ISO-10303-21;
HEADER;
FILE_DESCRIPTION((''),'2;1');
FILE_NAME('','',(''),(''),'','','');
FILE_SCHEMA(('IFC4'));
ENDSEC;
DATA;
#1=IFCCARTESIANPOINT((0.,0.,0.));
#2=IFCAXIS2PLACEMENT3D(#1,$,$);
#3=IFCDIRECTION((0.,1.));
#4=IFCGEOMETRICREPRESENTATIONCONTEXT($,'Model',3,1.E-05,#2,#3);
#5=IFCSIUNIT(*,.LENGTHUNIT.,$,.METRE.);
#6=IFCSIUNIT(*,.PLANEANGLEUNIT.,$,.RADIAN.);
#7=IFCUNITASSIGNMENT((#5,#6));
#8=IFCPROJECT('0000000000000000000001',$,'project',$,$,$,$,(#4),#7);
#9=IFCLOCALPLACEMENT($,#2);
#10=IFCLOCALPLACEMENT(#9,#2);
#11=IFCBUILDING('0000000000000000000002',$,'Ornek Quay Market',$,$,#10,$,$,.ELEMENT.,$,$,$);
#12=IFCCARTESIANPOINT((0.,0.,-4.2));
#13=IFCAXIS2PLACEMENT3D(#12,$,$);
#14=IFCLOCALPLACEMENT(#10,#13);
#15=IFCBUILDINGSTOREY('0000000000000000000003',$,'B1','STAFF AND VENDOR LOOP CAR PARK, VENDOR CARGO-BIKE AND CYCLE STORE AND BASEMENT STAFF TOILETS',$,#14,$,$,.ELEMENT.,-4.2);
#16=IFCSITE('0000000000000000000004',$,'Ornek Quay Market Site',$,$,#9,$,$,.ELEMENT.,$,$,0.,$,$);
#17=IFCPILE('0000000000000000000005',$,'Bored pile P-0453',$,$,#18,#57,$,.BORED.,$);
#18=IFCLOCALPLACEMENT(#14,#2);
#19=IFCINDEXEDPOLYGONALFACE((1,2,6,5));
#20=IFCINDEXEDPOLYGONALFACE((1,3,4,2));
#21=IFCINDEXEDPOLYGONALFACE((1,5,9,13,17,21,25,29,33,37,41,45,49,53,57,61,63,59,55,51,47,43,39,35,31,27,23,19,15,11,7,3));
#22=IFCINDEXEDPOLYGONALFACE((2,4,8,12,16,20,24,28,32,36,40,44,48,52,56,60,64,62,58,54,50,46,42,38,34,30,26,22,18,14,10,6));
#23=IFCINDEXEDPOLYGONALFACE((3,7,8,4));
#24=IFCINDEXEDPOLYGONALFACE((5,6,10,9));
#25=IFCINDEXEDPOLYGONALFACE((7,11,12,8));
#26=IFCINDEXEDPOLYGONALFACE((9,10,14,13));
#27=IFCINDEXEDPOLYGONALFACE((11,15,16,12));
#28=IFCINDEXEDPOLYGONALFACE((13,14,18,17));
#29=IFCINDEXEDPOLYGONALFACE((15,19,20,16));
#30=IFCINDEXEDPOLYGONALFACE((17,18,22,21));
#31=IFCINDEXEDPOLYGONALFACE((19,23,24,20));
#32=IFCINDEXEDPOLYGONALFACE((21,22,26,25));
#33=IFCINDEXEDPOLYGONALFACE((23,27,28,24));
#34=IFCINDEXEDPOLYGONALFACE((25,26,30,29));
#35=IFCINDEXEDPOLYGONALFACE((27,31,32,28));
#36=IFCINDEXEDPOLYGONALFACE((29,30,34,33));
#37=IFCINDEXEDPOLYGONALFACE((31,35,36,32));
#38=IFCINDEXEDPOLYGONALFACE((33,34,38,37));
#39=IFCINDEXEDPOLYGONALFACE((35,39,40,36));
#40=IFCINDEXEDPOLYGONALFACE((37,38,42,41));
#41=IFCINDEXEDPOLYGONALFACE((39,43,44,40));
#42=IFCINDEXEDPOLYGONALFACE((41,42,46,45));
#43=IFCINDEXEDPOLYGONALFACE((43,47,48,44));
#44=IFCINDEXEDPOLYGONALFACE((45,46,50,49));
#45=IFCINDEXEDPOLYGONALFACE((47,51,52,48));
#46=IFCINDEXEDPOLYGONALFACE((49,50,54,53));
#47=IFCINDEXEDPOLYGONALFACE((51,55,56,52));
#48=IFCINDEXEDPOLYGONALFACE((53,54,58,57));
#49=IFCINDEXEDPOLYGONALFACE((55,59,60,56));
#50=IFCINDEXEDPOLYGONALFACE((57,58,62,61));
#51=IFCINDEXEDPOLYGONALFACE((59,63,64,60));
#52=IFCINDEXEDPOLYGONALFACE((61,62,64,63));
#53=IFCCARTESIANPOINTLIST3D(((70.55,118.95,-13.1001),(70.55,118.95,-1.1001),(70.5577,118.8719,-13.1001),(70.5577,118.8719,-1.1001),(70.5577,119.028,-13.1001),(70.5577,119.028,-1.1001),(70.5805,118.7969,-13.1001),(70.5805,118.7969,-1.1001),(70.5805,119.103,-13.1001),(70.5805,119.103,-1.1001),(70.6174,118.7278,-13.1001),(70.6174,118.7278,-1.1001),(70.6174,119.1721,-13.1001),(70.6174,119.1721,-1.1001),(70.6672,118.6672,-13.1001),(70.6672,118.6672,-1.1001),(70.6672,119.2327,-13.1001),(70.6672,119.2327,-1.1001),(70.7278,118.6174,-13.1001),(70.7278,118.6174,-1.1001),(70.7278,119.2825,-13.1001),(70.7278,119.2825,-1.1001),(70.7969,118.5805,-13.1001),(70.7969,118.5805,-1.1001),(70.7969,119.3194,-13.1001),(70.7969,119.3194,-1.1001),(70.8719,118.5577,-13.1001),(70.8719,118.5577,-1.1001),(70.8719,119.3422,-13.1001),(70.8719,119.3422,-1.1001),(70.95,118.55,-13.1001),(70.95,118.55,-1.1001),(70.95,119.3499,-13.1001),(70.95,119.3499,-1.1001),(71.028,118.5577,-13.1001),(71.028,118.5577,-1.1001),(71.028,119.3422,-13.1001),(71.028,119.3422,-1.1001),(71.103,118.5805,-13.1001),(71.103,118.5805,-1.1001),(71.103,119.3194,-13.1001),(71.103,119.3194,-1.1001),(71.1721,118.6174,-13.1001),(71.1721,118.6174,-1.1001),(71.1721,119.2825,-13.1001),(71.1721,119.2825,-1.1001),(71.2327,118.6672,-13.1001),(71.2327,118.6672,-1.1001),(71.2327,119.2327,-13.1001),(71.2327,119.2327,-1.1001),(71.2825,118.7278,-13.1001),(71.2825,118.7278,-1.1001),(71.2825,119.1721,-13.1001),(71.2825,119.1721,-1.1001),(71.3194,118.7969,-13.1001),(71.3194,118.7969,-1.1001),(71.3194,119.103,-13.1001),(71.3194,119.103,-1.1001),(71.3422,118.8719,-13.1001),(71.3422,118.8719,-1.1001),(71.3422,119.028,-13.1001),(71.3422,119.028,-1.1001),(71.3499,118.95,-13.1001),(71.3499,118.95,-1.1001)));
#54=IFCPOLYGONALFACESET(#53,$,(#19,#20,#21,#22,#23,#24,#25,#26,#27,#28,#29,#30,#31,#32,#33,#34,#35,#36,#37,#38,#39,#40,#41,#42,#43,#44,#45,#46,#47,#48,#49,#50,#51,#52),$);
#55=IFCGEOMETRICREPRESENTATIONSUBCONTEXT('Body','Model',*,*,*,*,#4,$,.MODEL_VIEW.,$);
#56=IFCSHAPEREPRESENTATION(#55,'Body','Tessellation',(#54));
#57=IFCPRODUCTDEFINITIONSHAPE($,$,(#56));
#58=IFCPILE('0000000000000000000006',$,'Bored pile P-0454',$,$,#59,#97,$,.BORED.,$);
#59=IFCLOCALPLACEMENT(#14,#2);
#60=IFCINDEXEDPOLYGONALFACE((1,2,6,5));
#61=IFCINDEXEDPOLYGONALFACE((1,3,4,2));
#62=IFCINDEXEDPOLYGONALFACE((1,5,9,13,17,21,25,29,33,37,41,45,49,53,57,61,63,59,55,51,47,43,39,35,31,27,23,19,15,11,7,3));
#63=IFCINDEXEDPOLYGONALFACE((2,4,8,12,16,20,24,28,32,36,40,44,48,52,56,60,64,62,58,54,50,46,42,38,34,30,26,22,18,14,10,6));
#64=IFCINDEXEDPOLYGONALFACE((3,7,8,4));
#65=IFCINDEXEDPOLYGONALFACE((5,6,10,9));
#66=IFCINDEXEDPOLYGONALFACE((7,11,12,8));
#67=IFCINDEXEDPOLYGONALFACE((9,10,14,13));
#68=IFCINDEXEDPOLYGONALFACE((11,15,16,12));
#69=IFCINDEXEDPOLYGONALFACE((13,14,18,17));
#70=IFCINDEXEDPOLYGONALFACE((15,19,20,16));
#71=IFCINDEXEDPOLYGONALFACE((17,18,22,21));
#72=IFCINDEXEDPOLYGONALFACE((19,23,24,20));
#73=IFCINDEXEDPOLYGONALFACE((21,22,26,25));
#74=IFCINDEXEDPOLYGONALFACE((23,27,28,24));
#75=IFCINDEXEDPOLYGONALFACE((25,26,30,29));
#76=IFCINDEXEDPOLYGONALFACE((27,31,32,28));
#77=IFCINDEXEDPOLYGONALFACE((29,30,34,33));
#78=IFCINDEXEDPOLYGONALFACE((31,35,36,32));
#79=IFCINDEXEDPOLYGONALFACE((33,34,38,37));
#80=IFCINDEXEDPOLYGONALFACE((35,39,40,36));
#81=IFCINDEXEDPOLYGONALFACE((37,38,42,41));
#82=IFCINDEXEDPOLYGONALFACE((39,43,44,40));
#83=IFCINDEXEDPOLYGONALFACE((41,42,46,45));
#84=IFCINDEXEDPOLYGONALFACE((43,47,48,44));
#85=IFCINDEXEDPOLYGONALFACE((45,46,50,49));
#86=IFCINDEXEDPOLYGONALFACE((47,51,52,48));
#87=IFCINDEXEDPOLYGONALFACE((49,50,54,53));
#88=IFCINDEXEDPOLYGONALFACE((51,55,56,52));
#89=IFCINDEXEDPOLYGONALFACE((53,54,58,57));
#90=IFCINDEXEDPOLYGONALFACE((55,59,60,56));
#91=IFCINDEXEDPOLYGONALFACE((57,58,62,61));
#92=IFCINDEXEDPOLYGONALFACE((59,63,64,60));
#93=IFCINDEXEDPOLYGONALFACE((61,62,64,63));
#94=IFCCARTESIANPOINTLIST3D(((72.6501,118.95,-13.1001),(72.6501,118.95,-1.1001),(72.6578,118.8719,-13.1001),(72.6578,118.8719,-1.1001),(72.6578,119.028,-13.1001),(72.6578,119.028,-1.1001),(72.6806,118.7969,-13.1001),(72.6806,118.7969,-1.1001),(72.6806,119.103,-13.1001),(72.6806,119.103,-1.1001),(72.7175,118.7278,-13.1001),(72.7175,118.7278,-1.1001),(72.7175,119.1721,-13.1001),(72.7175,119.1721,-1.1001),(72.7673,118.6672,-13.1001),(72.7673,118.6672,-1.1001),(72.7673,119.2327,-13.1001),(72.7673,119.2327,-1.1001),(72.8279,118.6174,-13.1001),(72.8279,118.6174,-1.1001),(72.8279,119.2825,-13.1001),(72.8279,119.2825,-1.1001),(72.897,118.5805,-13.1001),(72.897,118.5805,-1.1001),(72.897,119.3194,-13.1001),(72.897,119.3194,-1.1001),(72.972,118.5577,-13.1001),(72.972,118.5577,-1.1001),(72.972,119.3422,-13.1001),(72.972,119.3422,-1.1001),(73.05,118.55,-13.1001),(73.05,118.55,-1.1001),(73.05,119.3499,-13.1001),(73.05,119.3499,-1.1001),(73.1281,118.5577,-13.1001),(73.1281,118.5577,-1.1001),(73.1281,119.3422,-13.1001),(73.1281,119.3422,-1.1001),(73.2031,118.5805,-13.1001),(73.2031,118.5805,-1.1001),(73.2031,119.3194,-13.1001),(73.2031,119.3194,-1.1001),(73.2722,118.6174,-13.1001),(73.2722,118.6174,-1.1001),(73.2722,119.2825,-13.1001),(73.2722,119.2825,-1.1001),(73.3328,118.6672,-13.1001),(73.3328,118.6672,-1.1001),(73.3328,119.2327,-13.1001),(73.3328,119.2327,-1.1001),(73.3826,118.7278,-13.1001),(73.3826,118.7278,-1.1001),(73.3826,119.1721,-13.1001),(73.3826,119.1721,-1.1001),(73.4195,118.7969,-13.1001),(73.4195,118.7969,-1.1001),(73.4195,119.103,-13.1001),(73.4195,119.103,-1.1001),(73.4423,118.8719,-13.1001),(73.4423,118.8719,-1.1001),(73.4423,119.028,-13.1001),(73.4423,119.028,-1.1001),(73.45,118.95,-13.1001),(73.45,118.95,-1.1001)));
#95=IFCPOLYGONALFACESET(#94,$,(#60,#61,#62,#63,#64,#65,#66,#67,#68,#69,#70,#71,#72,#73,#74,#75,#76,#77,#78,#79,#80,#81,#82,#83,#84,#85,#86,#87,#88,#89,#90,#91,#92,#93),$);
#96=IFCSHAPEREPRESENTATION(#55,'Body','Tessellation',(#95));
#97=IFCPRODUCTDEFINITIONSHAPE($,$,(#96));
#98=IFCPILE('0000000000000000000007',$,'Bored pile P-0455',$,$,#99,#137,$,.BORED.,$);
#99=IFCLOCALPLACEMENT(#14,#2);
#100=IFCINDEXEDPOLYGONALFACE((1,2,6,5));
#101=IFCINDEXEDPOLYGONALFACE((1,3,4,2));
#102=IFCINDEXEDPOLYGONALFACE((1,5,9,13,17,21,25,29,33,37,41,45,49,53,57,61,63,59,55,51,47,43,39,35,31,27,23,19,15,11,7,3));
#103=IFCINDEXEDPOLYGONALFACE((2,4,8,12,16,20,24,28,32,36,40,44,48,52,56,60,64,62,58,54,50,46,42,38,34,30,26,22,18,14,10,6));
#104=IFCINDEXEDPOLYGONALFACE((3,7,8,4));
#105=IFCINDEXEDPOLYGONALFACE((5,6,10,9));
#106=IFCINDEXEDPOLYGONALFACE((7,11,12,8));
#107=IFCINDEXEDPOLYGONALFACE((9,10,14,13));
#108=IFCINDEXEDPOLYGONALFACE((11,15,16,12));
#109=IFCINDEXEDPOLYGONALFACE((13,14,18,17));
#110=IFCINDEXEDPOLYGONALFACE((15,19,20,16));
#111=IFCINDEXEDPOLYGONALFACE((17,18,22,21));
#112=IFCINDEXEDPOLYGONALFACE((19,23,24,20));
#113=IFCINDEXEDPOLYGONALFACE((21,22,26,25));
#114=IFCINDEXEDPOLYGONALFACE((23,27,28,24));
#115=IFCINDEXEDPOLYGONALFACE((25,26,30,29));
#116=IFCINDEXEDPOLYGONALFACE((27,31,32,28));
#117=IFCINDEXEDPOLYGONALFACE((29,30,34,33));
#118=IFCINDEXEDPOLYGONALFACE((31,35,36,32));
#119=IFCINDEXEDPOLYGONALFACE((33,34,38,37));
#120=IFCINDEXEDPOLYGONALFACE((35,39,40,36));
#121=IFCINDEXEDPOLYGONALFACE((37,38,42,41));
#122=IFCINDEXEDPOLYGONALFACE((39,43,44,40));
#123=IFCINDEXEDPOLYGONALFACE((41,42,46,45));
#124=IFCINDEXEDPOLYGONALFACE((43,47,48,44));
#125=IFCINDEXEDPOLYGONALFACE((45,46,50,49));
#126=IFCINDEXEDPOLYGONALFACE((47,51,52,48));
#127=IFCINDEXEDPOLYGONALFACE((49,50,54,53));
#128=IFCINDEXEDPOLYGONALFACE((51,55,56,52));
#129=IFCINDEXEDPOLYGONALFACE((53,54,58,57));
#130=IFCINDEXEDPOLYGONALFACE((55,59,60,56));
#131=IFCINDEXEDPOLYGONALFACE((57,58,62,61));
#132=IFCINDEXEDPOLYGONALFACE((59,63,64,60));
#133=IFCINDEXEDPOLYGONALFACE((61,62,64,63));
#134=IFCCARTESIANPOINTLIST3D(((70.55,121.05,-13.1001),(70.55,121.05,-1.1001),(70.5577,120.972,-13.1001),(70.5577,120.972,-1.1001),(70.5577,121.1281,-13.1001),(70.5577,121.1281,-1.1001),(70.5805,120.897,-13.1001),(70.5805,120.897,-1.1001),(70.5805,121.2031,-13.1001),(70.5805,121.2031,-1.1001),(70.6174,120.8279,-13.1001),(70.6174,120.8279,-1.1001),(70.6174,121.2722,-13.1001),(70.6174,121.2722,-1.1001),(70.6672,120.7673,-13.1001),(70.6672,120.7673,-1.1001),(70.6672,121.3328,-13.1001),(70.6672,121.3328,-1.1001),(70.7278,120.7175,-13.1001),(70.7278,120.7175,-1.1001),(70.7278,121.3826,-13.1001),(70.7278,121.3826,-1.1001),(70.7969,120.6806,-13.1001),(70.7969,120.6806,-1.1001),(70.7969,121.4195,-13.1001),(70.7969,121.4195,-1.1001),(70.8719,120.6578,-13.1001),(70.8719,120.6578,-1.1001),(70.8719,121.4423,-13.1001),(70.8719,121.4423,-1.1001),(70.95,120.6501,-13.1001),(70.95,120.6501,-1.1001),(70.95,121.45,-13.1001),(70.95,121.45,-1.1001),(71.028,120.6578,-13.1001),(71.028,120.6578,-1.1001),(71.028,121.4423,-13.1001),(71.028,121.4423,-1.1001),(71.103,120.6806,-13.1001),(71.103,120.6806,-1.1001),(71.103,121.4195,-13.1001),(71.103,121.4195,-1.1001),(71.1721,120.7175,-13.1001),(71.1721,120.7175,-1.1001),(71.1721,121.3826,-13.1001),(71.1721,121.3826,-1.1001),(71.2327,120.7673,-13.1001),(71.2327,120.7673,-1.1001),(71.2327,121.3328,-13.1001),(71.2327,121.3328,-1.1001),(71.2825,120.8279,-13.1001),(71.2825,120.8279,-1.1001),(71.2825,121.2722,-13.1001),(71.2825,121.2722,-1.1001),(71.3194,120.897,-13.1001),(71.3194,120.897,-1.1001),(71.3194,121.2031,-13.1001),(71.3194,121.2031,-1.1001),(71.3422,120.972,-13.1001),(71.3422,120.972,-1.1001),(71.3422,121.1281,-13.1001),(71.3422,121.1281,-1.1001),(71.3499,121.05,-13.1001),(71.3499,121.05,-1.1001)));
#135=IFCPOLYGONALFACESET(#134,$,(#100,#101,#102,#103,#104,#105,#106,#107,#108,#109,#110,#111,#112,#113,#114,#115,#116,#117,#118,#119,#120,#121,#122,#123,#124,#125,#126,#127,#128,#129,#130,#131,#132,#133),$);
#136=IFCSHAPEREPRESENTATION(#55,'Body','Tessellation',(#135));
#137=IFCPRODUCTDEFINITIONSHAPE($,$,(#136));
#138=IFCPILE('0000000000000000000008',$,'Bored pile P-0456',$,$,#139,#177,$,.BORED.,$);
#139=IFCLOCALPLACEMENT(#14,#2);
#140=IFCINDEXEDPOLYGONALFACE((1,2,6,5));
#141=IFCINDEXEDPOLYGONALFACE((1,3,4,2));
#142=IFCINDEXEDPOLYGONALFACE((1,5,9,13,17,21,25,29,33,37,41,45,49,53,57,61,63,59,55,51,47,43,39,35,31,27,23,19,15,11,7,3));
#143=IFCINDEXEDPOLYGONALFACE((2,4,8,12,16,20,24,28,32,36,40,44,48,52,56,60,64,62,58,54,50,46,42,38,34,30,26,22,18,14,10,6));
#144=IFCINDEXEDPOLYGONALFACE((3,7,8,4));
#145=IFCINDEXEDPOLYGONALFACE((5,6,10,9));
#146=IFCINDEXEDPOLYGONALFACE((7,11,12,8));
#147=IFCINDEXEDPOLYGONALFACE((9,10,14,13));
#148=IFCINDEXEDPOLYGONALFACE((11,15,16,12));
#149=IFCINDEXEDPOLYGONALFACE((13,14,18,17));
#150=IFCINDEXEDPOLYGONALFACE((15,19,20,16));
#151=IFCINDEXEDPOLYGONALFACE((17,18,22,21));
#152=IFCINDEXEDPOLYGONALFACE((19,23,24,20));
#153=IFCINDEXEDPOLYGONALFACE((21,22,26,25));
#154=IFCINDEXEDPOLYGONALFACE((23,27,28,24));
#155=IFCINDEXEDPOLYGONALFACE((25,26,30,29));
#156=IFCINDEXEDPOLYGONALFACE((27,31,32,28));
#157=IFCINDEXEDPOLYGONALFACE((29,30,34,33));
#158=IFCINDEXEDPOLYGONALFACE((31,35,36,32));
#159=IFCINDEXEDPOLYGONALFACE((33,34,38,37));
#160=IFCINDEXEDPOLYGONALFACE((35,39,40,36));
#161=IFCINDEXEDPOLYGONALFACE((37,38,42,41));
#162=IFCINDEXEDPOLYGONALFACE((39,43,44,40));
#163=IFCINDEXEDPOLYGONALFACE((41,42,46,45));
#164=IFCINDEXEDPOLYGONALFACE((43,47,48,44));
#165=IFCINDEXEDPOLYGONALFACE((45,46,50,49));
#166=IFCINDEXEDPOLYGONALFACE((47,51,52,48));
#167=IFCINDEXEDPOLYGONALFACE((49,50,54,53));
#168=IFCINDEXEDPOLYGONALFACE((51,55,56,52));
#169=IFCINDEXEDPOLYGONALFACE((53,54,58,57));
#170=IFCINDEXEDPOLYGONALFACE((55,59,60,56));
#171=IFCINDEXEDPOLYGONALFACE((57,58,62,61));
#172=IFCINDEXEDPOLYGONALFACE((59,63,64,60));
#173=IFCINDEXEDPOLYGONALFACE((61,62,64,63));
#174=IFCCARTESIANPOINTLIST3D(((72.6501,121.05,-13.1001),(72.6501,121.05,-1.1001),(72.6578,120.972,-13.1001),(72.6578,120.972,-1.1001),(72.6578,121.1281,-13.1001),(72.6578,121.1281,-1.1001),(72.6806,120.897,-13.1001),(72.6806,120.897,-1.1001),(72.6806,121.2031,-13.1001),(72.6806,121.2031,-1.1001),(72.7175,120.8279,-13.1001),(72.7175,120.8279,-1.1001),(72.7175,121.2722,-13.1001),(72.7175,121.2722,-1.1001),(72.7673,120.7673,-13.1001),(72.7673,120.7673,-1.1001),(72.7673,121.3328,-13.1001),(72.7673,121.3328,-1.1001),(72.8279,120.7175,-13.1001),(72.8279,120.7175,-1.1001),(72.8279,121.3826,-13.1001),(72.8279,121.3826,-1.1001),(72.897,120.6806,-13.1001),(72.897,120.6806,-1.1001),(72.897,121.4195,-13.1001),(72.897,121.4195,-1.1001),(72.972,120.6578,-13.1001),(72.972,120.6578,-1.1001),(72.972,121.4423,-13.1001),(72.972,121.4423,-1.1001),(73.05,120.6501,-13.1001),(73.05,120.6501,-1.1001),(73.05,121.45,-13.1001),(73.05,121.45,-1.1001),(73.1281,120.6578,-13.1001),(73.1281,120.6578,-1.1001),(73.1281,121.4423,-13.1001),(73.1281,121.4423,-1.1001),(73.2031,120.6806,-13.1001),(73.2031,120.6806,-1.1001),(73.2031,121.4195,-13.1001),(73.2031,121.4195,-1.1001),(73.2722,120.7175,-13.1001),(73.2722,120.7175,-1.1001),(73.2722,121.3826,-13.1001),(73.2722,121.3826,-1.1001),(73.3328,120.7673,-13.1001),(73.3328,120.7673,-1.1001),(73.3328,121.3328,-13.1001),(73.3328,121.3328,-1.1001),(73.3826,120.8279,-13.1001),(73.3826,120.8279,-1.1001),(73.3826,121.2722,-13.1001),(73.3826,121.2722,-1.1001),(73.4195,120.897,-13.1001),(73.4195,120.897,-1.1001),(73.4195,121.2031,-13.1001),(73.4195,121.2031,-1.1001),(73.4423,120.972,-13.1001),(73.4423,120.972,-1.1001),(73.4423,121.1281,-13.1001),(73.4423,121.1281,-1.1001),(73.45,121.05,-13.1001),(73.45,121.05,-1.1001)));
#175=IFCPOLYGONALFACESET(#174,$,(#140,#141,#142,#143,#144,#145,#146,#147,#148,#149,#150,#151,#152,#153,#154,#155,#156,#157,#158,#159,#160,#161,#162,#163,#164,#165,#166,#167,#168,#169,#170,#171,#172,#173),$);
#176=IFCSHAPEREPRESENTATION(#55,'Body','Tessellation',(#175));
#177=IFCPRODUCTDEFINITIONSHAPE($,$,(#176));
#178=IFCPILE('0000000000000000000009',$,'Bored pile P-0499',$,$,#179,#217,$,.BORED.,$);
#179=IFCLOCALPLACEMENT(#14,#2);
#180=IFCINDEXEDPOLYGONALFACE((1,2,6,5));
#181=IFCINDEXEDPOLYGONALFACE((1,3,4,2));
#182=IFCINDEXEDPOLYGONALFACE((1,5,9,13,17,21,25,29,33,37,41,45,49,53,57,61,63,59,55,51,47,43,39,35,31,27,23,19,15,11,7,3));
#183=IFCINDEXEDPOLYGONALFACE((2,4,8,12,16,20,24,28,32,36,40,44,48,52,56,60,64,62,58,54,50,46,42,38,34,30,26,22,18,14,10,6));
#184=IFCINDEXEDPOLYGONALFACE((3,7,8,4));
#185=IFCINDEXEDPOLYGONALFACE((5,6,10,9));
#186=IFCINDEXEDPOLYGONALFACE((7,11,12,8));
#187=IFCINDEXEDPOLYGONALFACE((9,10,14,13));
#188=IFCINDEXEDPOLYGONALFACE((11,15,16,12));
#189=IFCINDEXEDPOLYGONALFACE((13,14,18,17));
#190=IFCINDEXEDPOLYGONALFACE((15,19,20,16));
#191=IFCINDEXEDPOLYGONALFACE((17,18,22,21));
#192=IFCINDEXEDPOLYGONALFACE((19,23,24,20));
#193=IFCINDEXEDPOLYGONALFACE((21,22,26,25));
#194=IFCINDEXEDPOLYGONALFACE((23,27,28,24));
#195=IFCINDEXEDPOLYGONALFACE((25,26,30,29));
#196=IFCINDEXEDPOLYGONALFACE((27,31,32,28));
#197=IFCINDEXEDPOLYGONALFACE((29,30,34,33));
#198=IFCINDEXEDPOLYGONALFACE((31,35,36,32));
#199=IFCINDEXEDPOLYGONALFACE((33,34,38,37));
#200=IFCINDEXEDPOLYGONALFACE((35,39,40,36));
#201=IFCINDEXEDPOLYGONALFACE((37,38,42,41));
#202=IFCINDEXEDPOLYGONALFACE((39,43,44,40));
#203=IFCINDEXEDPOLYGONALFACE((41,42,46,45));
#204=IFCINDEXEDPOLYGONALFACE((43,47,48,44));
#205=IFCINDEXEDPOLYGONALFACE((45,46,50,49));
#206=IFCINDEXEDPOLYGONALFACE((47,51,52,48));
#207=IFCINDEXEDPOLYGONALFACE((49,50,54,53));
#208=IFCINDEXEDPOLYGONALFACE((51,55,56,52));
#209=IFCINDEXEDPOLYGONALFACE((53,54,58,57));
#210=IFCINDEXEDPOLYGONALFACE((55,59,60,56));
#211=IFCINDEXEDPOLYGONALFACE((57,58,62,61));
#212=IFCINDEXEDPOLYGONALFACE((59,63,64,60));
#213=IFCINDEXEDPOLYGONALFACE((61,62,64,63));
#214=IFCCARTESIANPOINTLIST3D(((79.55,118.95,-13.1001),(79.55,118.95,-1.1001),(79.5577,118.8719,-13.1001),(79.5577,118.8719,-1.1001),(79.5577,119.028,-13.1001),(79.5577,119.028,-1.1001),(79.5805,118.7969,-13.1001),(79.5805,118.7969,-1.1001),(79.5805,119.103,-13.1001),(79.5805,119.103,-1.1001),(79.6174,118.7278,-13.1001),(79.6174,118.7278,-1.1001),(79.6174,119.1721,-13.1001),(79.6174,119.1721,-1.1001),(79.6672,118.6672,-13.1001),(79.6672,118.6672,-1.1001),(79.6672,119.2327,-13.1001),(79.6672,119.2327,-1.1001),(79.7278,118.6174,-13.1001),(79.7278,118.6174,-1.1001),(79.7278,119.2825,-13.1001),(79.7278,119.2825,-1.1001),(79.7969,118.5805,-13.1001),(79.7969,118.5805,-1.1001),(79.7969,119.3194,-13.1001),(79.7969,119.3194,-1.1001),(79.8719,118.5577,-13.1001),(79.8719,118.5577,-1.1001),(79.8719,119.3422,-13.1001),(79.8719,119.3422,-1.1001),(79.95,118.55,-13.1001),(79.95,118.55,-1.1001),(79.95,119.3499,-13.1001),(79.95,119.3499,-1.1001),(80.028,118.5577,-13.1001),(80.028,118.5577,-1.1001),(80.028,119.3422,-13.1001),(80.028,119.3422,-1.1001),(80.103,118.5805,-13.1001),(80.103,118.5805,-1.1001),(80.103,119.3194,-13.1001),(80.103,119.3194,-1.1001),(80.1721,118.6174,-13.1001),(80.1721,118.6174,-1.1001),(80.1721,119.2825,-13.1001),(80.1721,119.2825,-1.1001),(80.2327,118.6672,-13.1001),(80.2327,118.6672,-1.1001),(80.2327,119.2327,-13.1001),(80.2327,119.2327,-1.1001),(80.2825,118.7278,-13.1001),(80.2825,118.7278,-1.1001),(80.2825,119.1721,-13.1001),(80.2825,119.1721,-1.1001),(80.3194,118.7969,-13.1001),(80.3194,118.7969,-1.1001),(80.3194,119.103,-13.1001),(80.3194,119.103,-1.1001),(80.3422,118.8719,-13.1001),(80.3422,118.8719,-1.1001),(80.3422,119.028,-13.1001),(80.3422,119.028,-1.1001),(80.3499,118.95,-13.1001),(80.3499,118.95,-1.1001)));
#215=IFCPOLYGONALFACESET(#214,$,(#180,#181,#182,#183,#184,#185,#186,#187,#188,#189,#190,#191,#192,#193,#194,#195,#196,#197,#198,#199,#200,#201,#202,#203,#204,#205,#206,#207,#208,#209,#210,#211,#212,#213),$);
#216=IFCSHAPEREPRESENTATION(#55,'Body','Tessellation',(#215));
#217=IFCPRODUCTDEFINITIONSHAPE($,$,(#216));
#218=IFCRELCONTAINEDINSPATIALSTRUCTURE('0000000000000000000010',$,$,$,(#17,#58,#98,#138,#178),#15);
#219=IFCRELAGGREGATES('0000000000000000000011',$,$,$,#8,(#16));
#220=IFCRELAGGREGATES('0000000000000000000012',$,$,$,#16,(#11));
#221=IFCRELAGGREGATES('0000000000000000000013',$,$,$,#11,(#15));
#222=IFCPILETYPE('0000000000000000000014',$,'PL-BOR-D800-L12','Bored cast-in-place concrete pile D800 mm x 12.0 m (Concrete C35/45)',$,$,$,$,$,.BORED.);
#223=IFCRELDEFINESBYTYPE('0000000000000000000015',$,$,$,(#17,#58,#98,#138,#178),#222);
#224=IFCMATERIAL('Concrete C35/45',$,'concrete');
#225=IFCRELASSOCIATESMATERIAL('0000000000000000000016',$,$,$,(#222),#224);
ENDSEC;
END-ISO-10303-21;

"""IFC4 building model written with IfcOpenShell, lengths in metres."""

from ifc_helpers import new_model, si_unit, direction, frame, origin, origin_2d, place, context, subcontext, project, spatial, circle, extrude, material, material_profile, profile_set, type_object, element, save


model = new_model("IFC4")

# Units and contexts
model_context = context("Model", 3, precision=1e-05, world=origin(), true_north=direction((0.0, 1.0)))
body_context = subcontext(model_context, "Body", "Model", "MODEL_VIEW")
ifc_project = project(units=[si_unit("LENGTHUNIT", "METRE"), si_unit("PLANEANGLEUNIT", "RADIAN")], contexts=[model_context])

# Site, building, storey
site_placement = place(None, origin())
site = spatial("IfcSite", under=ifc_project, at=site_placement, Name="Ornek Quay Market Site", CompositionType="ELEMENT", RefElevation=0.0)
building_placement = place(site_placement, origin())
building = spatial("IfcBuilding", under=site, at=building_placement, Name="Ornek Quay Market", CompositionType="ELEMENT")
storey_placement = place(building_placement, frame((0.0, 0.0, -4.2)))
storey = spatial("IfcBuildingStorey", under=building, at=storey_placement, Name="B1", Description="STAFF AND VENDOR LOOP CAR PARK, VENDOR CARGO-BIKE AND CYCLE STORE AND BASEMENT STAFF TOILETS", CompositionType="ELEMENT", Elevation=-4.2)

# Piles
ifc_material_1 = material(Name="Concrete C35/45", Category="concrete")
ifc_material_profile_1 = material_profile(ifc_material_1, circle(Radius=0.3999, at=origin_2d()), Name="PILE D800", Category="concrete")
ifc_profile_set_1 = profile_set([ifc_material_profile_1], Name="Concrete C35/45")
pile_type_1 = type_object("IfcPileType", Name="PL-BOR-D800-L12", Description="Bored cast-in-place concrete pile D800 mm x 12.0 m (Concrete C35/45)", PredefinedType="BORED", material=ifc_profile_set_1)
for number, where, z_axis, x_axis, name in (
    (1, (70.95, 118.95, -1.1001), (0.0, 0.0, -1.0), (1.0, 0.0, 0.0), "Bored pile P-0453"),
    (2, (73.05, 118.95, -1.1001), (0.0, 0.0, -1.0), (1.0, 0.0, 0.0), "Bored pile P-0454"),
    (3, (70.95, 121.05, -1.1001), (0.0, 0.0, -1.0), (1.0, 0.0, 0.0), "Bored pile P-0455"),
    (4, (73.05, 121.05, -1.1001), (0.0, 0.0, -1.0), (1.0, 0.0, 0.0), "Bored pile P-0456"),
    (5, (79.95, 118.95, -1.1001), (0.0, 0.0, -1.0), (1.0, 0.0, 0.0), "Bored pile P-0499"),
):
    element("IfcPile", number, at=place(storey_placement, frame(where, z_axis=z_axis, x_axis=x_axis)), inside=storey, type_object=pile_type_1, Name=name, PredefinedType="BORED", context=body_context, shape_type="SweptSolid", body=[
        extrude(circle(Radius=0.3999, at=origin_2d()), origin(), (0.0, 0.0, 1.0), 12.0),
    ])

save(model, "model.ifc")
